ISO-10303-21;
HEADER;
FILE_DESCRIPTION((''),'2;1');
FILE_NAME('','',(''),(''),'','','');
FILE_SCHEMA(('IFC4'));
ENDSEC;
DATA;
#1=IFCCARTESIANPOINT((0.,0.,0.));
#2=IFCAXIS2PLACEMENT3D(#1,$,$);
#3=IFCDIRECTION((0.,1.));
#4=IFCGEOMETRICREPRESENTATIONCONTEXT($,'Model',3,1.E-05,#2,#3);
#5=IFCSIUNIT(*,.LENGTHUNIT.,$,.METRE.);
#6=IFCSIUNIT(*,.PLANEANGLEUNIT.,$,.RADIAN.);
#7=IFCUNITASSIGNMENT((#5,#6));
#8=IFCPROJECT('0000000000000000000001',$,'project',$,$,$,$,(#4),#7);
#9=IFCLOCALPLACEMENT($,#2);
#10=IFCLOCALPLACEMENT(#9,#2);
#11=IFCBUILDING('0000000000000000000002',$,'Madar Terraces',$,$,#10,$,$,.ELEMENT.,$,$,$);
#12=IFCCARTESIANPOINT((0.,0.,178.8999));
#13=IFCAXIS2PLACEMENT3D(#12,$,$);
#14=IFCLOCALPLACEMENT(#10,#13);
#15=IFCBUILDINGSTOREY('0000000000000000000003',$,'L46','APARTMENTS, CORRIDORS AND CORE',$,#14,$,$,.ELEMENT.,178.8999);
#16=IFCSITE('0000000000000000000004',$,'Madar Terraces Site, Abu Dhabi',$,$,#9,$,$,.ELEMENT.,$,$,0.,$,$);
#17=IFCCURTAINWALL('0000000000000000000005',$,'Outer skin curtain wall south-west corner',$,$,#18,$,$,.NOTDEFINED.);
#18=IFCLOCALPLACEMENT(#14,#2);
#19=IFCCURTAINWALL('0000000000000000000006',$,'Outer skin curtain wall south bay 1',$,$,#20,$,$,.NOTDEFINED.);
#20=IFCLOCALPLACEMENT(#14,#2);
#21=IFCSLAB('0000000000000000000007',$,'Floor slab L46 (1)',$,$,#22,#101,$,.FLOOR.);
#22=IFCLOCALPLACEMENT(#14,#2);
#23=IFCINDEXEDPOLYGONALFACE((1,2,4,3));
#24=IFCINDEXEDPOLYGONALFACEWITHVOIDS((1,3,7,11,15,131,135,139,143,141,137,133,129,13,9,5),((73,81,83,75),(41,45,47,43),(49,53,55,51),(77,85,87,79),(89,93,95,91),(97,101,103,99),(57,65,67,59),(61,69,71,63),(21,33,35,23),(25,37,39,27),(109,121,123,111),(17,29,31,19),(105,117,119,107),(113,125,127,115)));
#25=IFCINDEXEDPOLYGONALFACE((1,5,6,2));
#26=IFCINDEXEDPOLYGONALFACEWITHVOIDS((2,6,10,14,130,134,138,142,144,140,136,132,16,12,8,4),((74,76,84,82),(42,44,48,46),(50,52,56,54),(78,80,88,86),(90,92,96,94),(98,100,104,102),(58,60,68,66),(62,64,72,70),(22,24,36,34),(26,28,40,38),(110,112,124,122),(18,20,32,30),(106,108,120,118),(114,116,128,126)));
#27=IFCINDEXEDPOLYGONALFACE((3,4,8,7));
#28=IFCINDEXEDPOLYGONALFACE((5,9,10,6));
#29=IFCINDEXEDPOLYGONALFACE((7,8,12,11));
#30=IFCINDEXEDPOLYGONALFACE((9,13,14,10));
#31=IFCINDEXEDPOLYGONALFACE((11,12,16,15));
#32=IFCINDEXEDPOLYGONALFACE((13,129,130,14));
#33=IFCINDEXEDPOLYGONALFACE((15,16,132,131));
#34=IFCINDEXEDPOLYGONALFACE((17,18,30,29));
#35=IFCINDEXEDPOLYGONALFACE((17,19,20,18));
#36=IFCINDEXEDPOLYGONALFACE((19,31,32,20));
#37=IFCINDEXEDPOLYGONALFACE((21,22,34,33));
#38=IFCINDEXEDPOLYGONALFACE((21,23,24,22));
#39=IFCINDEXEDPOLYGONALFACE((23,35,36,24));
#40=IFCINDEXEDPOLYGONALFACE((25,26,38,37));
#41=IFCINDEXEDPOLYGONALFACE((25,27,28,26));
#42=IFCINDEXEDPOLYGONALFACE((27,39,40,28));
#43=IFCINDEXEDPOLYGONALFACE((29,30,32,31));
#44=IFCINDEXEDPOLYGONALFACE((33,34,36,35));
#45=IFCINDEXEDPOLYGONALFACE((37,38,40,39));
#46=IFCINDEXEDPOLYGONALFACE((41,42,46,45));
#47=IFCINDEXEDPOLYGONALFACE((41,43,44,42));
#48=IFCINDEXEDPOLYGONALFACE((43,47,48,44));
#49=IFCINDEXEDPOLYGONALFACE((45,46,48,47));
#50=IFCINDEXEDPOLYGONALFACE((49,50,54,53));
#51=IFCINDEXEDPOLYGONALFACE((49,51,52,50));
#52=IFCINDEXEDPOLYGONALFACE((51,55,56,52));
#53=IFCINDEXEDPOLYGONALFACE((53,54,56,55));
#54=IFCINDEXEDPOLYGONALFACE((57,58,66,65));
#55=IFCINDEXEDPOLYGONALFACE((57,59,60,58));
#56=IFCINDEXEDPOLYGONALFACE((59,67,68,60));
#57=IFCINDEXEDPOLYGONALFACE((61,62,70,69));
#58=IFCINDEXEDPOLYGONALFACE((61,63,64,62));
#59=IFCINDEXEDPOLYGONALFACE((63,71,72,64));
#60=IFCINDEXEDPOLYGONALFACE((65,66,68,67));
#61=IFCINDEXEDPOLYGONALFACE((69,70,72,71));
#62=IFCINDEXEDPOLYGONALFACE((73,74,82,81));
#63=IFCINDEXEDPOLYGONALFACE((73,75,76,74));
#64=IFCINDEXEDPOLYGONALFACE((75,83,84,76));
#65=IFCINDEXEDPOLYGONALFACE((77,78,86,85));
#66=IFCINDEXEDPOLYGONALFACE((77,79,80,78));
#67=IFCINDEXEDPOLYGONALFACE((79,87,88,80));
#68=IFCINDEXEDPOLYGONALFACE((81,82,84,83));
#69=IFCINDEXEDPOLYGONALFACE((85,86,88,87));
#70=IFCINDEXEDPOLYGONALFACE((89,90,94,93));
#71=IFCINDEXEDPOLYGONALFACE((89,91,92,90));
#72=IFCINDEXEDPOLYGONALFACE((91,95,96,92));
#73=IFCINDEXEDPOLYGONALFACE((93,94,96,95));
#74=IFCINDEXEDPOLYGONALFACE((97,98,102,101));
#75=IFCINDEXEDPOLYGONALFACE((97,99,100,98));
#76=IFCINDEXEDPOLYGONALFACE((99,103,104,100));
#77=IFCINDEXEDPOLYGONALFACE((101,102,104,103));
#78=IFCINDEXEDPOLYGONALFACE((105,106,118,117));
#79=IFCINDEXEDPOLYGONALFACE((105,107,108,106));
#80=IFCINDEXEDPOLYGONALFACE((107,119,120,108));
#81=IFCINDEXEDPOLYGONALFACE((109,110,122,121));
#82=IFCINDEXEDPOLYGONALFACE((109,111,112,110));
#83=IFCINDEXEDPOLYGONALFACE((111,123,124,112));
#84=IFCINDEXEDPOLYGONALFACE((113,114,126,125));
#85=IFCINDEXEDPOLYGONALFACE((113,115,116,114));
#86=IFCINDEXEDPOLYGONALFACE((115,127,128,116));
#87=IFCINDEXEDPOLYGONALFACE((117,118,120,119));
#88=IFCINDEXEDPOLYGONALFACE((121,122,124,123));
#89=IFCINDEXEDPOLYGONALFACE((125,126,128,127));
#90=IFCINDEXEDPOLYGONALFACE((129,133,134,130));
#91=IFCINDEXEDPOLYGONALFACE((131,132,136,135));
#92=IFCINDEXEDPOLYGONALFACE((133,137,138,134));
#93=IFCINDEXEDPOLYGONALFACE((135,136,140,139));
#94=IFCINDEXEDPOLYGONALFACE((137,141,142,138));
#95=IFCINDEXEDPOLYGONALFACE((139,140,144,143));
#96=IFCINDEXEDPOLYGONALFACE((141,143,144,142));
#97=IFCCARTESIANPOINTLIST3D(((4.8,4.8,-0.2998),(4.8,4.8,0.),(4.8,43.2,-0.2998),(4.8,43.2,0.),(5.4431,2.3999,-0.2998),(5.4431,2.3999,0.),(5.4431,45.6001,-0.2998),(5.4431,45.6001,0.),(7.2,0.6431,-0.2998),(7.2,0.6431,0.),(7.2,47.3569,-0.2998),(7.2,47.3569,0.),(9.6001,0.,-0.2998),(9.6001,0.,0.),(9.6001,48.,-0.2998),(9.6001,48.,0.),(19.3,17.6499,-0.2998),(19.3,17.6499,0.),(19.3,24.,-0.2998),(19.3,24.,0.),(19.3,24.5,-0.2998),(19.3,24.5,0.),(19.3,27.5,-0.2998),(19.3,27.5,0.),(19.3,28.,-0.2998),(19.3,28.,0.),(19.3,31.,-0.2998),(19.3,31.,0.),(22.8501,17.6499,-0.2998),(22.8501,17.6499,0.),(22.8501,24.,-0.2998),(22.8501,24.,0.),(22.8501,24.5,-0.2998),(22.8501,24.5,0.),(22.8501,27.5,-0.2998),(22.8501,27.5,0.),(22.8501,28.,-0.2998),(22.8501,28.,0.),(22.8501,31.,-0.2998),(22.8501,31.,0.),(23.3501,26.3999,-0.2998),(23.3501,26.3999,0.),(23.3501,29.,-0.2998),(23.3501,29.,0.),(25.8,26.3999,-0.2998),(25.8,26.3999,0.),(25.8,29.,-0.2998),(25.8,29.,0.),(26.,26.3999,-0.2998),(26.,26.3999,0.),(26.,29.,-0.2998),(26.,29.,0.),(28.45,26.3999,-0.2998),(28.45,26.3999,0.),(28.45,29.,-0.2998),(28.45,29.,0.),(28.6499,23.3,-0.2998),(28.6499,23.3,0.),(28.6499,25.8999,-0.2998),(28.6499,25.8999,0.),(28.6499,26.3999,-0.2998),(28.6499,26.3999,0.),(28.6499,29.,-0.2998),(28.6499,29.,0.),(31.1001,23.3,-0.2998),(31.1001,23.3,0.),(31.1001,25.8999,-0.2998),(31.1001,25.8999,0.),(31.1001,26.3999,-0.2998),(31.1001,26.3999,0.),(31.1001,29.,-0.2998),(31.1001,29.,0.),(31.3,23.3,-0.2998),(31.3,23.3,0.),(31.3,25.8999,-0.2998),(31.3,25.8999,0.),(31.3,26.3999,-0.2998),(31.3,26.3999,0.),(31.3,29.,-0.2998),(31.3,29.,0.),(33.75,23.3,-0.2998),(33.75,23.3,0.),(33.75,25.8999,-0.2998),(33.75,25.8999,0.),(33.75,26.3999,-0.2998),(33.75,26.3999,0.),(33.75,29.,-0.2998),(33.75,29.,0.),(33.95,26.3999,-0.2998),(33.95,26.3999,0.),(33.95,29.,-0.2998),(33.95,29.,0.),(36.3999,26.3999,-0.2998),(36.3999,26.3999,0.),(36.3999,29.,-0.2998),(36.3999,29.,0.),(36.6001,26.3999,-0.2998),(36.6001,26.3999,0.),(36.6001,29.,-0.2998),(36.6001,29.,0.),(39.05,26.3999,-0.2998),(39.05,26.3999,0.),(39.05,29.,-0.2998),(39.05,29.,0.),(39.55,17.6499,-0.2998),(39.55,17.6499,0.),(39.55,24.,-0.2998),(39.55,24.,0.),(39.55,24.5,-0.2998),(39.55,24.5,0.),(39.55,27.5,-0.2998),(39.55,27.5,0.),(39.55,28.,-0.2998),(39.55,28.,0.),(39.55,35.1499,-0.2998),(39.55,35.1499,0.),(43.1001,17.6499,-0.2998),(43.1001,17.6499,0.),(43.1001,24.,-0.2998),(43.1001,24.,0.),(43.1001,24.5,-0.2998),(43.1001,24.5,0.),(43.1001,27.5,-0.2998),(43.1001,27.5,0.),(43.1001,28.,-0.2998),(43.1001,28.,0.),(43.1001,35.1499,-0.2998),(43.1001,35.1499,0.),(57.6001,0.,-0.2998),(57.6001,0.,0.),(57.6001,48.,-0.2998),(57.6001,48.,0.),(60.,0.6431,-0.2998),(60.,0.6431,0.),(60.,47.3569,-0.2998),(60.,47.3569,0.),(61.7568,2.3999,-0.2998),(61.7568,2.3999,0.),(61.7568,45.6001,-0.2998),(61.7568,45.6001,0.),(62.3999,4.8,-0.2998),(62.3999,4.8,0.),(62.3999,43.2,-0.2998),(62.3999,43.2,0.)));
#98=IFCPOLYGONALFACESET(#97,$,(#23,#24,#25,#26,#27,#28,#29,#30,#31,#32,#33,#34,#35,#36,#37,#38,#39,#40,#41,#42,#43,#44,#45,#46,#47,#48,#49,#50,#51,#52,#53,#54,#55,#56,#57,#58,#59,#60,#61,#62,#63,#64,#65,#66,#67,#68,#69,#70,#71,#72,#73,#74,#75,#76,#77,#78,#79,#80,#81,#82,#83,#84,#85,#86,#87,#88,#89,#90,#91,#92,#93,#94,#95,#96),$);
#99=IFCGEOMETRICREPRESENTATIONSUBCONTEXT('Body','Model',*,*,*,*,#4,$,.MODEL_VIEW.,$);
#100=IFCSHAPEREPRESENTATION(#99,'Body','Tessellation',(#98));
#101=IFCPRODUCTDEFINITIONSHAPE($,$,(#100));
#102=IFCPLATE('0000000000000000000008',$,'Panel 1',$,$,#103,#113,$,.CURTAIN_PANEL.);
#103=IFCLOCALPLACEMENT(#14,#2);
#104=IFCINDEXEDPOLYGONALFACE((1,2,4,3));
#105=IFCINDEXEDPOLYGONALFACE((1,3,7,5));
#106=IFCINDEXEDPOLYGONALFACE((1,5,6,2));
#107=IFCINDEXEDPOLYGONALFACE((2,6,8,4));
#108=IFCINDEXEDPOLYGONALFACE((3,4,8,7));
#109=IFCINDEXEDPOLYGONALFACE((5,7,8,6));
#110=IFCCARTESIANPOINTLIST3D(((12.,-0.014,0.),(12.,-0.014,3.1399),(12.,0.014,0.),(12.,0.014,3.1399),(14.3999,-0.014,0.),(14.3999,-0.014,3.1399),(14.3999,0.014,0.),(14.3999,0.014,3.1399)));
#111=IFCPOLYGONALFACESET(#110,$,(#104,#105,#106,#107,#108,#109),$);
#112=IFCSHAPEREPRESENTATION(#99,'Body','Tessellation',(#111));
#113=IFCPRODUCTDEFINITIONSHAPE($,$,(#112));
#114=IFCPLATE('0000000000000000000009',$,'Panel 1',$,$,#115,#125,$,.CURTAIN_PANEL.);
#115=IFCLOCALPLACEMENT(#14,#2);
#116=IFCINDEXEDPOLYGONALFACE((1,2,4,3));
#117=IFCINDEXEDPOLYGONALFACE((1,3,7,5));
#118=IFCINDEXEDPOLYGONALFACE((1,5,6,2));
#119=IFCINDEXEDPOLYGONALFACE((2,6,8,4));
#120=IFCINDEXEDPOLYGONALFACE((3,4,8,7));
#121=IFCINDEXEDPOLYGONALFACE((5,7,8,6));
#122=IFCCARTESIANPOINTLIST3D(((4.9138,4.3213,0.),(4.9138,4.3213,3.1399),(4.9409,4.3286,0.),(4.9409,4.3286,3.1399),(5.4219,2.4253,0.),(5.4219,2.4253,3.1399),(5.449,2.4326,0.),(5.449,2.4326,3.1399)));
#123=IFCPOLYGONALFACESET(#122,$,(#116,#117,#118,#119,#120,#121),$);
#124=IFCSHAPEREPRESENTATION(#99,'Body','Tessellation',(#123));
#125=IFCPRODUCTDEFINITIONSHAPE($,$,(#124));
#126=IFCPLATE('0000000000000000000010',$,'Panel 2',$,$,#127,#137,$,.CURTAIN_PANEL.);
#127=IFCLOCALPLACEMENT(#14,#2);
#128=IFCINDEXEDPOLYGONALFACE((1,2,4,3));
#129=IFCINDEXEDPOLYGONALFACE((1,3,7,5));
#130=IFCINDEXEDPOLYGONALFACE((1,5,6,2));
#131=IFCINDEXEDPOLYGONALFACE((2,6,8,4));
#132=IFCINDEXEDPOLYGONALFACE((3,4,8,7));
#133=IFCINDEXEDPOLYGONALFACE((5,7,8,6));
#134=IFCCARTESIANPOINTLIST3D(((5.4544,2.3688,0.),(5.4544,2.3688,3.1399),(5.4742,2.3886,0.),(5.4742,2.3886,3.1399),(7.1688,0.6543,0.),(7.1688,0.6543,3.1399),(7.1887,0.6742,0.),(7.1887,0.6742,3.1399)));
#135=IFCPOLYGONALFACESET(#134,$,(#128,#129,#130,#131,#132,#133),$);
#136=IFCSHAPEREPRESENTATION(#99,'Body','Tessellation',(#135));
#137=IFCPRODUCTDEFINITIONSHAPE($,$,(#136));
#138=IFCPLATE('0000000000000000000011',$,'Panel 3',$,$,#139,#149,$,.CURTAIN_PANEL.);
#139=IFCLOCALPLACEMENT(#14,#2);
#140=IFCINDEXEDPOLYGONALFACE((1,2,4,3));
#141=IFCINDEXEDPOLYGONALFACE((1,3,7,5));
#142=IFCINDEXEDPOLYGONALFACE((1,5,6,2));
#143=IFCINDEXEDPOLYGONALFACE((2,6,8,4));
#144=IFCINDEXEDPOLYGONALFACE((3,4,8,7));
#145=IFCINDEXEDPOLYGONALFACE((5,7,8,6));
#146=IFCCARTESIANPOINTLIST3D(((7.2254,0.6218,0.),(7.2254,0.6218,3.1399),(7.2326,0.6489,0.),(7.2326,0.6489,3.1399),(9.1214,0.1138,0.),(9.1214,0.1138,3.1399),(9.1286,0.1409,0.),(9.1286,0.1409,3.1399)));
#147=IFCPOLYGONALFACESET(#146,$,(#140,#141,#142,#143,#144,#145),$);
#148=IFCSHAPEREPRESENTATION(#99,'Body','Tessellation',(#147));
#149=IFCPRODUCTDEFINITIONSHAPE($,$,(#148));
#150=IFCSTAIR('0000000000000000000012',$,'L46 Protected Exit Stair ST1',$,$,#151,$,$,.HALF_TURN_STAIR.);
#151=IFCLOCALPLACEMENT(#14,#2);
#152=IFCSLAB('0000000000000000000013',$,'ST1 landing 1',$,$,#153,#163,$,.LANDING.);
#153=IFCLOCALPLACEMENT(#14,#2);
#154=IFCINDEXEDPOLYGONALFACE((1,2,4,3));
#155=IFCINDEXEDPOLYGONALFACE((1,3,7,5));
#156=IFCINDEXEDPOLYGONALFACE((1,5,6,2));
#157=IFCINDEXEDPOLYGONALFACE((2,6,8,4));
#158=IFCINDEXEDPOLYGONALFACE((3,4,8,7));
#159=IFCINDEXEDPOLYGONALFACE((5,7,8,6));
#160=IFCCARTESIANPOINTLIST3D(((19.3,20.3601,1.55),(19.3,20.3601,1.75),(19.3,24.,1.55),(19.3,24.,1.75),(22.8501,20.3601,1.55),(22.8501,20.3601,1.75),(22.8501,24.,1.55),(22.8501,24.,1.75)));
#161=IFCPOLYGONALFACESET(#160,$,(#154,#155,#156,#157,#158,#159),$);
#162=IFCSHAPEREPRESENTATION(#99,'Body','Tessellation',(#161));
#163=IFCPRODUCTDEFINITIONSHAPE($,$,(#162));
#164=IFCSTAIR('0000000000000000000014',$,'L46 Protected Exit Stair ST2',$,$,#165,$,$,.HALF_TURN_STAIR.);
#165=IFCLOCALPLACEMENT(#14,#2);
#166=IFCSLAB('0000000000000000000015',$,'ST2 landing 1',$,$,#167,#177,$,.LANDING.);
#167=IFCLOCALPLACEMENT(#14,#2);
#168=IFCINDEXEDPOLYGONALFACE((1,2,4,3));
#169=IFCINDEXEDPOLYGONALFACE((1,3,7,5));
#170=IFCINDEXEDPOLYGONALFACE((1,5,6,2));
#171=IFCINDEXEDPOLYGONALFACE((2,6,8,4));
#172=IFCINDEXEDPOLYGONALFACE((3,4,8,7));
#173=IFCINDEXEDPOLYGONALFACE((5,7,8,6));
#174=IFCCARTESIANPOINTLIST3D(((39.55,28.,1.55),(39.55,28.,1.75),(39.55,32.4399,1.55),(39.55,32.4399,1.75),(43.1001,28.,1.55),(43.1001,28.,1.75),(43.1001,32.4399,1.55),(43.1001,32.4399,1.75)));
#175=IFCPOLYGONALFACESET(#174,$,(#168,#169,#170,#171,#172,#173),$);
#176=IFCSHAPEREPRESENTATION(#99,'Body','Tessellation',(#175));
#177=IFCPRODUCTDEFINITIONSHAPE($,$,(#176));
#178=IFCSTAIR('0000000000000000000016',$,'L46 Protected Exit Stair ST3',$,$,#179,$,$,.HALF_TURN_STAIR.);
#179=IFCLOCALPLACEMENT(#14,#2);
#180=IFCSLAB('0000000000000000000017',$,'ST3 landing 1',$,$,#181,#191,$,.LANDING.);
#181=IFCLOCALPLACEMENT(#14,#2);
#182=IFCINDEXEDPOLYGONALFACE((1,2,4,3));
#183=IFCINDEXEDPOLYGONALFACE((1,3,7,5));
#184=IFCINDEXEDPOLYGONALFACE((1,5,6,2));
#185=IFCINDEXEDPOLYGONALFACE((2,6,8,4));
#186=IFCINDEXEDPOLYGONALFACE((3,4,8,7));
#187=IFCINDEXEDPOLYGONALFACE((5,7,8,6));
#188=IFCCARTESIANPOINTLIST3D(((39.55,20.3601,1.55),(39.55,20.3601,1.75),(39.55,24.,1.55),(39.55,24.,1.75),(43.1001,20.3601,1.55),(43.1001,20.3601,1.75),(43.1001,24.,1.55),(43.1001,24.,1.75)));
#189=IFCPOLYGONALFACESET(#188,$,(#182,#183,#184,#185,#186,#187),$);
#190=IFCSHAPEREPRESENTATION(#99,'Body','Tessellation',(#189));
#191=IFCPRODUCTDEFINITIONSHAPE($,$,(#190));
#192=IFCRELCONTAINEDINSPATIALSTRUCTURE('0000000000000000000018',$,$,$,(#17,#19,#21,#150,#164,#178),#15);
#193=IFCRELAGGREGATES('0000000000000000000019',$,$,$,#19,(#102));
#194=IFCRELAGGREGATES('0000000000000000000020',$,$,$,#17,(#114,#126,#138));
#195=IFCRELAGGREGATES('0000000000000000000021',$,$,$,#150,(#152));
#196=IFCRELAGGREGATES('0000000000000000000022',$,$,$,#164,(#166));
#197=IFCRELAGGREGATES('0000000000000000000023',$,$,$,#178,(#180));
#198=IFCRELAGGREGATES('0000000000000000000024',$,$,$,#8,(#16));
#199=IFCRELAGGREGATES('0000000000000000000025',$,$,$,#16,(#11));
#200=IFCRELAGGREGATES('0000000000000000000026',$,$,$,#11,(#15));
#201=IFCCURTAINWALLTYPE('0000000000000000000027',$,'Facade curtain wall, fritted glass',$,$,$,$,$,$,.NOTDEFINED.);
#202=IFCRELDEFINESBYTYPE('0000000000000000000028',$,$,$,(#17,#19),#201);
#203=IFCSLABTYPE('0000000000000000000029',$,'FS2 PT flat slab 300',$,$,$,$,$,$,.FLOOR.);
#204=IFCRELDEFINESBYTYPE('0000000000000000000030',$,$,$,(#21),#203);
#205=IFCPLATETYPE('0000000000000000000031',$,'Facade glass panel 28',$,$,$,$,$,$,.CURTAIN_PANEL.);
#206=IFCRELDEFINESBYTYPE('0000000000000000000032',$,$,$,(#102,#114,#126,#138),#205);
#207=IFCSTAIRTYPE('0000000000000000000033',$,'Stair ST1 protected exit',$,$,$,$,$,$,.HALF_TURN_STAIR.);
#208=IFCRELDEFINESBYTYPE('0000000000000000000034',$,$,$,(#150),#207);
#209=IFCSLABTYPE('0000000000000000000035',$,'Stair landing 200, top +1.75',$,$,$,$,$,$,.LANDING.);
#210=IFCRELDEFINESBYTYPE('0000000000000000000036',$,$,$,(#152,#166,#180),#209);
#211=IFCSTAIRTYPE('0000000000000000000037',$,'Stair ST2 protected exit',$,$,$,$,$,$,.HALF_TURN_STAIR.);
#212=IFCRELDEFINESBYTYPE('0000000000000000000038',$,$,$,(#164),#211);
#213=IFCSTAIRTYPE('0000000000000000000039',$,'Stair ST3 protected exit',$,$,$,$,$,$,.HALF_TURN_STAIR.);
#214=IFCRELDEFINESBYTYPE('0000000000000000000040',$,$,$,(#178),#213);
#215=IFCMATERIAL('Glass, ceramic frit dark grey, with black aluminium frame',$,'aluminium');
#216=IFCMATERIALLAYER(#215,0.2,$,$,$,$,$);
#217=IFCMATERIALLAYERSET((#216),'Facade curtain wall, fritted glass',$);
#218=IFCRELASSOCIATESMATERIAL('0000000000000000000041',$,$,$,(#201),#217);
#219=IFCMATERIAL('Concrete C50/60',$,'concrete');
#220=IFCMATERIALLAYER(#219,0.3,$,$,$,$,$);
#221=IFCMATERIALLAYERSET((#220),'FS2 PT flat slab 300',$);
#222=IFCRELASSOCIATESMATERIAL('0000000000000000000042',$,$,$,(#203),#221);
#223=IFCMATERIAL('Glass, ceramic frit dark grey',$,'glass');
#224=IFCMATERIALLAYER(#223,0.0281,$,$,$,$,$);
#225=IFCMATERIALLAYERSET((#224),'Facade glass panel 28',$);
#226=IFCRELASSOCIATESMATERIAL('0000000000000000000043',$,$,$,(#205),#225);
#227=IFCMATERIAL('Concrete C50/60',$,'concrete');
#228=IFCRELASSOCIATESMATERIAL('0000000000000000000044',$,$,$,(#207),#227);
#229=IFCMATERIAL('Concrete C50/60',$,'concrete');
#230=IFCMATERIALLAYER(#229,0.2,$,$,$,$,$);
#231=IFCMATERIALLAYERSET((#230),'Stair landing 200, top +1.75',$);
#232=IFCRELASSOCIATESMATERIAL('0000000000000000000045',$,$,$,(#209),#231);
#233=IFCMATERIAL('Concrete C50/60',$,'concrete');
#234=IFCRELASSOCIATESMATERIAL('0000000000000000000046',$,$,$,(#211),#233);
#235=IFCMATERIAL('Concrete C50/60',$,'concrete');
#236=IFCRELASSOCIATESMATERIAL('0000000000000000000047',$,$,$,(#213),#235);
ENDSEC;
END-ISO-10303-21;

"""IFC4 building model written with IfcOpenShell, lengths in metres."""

from ifc_helpers import new_model, si_unit, direction, frame, origin, origin_2d, place, context, subcontext, project, spatial, polyline, rectangle, outline, extrude, material, layer, layer_set, type_object, element, aggregate, save


model = new_model("IFC4")

# Units and contexts
model_context = context("Model", 3, precision=1e-05, world=origin(), true_north=direction((0.0, 1.0)))
body_context = subcontext(model_context, "Body", "Model", "MODEL_VIEW")
ifc_project = project(units=[si_unit("LENGTHUNIT", "METRE"), si_unit("PLANEANGLEUNIT", "RADIAN")], contexts=[model_context])

# Site, building, storey
site_placement = place(None, origin())
site = spatial("IfcSite", under=ifc_project, at=site_placement, Name="Madar Terraces Site, Abu Dhabi", CompositionType="ELEMENT", RefElevation=0.0)
building_placement = place(site_placement, origin())
building = spatial("IfcBuilding", under=site, at=building_placement, Name="Madar Terraces", CompositionType="ELEMENT")
storey_placement = place(building_placement, frame((0.0, 0.0, 178.8999)))
storey = spatial("IfcBuildingStorey", under=building, at=storey_placement, Name="L46", Description="APARTMENTS, CORRIDORS AND CORE", CompositionType="ELEMENT", Elevation=178.8999)

# Curtain wall
ifc_material_1 = material(Name="Glass, ceramic frit dark grey, with black aluminium frame", Category="aluminium")
ifc_layer_1 = layer(ifc_material_1, 0.2)
ifc_layer_set_1 = layer_set([ifc_layer_1], Name="Facade curtain wall, fritted glass")
curtain_wall_type = type_object("IfcCurtainWallType", Name="Facade curtain wall, fritted glass", PredefinedType="NOTDEFINED", material=ifc_layer_set_1)
curtain_wall_1_placement = place(storey_placement, origin())
curtain_wall_1 = element("IfcCurtainWall", 1, at=curtain_wall_1_placement, inside=storey, type_object=curtain_wall_type, Name="Outer skin curtain wall south-west corner", PredefinedType="NOTDEFINED")

# Curtain wall
curtain_wall_2_placement = place(storey_placement, origin())
curtain_wall_2 = element("IfcCurtainWall", 2, at=curtain_wall_2_placement, inside=storey, type_object=curtain_wall_type, Name="Outer skin curtain wall south bay 1", PredefinedType="NOTDEFINED")

# Slab
ifc_material_2 = material(Name="Concrete C50/60", Category="concrete")
ifc_layer_2 = layer(ifc_material_2, 0.3)
ifc_layer_set_2 = layer_set([ifc_layer_2], Name="FS2 PT flat slab 300")
slab_type_1 = type_object("IfcSlabType", Name="FS2 PT flat slab 300", PredefinedType="FLOOR", material=ifc_layer_set_2)
slab_1_placement = place(storey_placement, frame((0.0, 0.0, -0.2998)))
element("IfcSlab", 3, at=slab_1_placement, inside=storey, type_object=slab_type_1, Name="Floor slab L46 (1)", PredefinedType="FLOOR", context=body_context, shape_type="SweptSolid", body=[
    extrude(outline(polyline([(57.6001, 0.0), (60.0, 0.6431), (61.7568, 2.3999), (62.3999, 4.8), (62.3999, 43.2), (61.7568, 45.6001), (60.0, 47.3569), (57.6001, 48.0), (9.6001, 48.0), (7.2, 47.3569), (5.4431, 45.6001), (4.8, 43.2), (4.8, 4.8), (5.4431, 2.3999), (7.2, 0.6431), (9.6001, 0.0), (57.6001, 0.0)]), holes=[polyline([(22.8501, 17.6499), (19.3, 17.6499), (19.3, 24.0), (22.8501, 24.0), (22.8501, 17.6499)]), polyline([(28.6499, 23.3), (28.6499, 25.8999), (31.1001, 25.8999), (31.1001, 23.3), (28.6499, 23.3)]), polyline([(19.3, 24.5), (19.3, 27.5), (22.8501, 27.5), (22.8501, 24.5), (19.3, 24.5)]), polyline([(23.3501, 26.3999), (23.3501, 29.0), (25.8, 29.0), (25.8, 26.3999), (23.3501, 26.3999)]), polyline([(26.0, 26.3999), (26.0, 29.0), (28.45, 29.0), (28.45, 26.3999), (26.0, 26.3999)]), polyline([(28.6499, 26.3999), (28.6499, 29.0), (31.1001, 29.0), (31.1001, 26.3999), (28.6499, 26.3999)]), polyline([(19.3, 28.0), (19.3, 31.0), (22.8501, 31.0), (22.8501, 28.0), (19.3, 28.0)]), polyline([(43.1001, 17.6499), (39.55, 17.6499), (39.55, 24.0), (43.1001, 24.0), (43.1001, 17.6499)]), polyline([(31.3, 23.3), (31.3, 25.8999), (33.75, 25.8999), (33.75, 23.3), (31.3, 23.3)]), polyline([(39.55, 24.5), (39.55, 27.5), (43.1001, 27.5), (43.1001, 24.5), (39.55, 24.5)]), polyline([(31.3, 26.3999), (31.3, 29.0), (33.75, 29.0), (33.75, 26.3999), (31.3, 26.3999)]), polyline([(33.95, 26.3999), (33.95, 29.0), (36.3999, 29.0), (36.3999, 26.3999), (33.95, 26.3999)]), polyline([(36.6001, 26.3999), (36.6001, 29.0), (39.05, 29.0), (39.05, 26.3999), (36.6001, 26.3999)]), polyline([(39.55, 28.0), (39.55, 35.1499), (43.1001, 35.1499), (43.1001, 28.0), (39.55, 28.0)])]), origin(), (0.0, 0.0, 1.0), 0.2998),
])

# Plates
ifc_material_3 = material(Name="Glass, ceramic frit dark grey", Category="glass")
ifc_layer_3 = layer(ifc_material_3, 0.0281)
ifc_layer_set_3 = layer_set([ifc_layer_3], Name="Facade glass panel 28")
plate_type = type_object("IfcPlateType", Name="Facade glass panel 28", PredefinedType="CURTAIN_PANEL", material=ifc_layer_set_3)
plate_1_placement = place(storey_placement, frame((13.2, 0.0, 0.0), z_axis=(0.0, 0.0, 1.0), x_axis=(1.0, 0.0, 0.0)))
plate_1 = element("IfcPlate", 4, at=plate_1_placement, type_object=plate_type, Name="Panel 1", PredefinedType="CURTAIN_PANEL", context=body_context, shape_type="SweptSolid", body=[
    extrude(rectangle(XDim=2.3999, YDim=0.0281, at=origin_2d()), origin(), (0.0, 0.0, 1.0), 3.1399),
])
aggregate(curtain_wall_2, [plate_1])
plate_2_placement = place(storey_placement, frame((5.1814, 3.377, 0.0), z_axis=(0.0, 0.0, 1.0), x_axis=(0.258819, -0.965926, 0.0)))
plate_2 = element("IfcPlate", 5, at=plate_2_placement, type_object=plate_type, Name="Panel 1", PredefinedType="CURTAIN_PANEL", context=body_context, shape_type="SweptSolid", body=[
    extrude(rectangle(XDim=1.9629, YDim=0.0281, at=origin_2d()), origin(), (0.0, 0.0, 1.0), 3.1399),
])
plate_3_placement = place(storey_placement, frame((6.3215, 1.5215, 0.0), z_axis=(0.0, 0.0, 1.0), x_axis=(0.707107, -0.707107, 0.0)))
plate_3 = element("IfcPlate", 6, at=plate_3_placement, type_object=plate_type, Name="Panel 2", PredefinedType="CURTAIN_PANEL", context=body_context, shape_type="SweptSolid", body=[
    extrude(rectangle(XDim=2.4246, YDim=0.0281, at=origin_2d()), origin(), (0.0, 0.0, 1.0), 3.1399),
])
plate_4_placement = place(storey_placement, frame((8.177, 0.3813, 0.0), z_axis=(0.0, 0.0, 1.0), x_axis=(0.965926, -0.258819, 0.0)))
plate_4 = element("IfcPlate", 7, at=plate_4_placement, type_object=plate_type, Name="Panel 3", PredefinedType="CURTAIN_PANEL", context=body_context, shape_type="SweptSolid", body=[
    extrude(rectangle(XDim=1.9629, YDim=0.0281, at=origin_2d()), origin(), (0.0, 0.0, 1.0), 3.1399),
])
aggregate(curtain_wall_1, [plate_2, plate_3, plate_4])

# Stairs, slabs
ifc_material_4 = material(Name="Concrete C50/60", Category="concrete")
stair_type_1 = type_object("IfcStairType", Name="Stair ST1 protected exit", PredefinedType="HALF_TURN_STAIR", material=ifc_material_4)
stair_1_placement = place(storey_placement, origin())
stair_1 = element("IfcStair", 8, at=stair_1_placement, inside=storey, type_object=stair_type_1, Name="L46 Protected Exit Stair ST1", PredefinedType="HALF_TURN_STAIR")
ifc_material_5 = material(Name="Concrete C50/60", Category="concrete")
ifc_layer_4 = layer(ifc_material_5, 0.2)
ifc_layer_set_4 = layer_set([ifc_layer_4], Name="Stair landing 200, top +1.75")
slab_type_2 = type_object("IfcSlabType", Name="Stair landing 200, top +1.75", PredefinedType="LANDING", material=ifc_layer_set_4)
slab_2_placement = place(storey_placement, frame((0.0, 0.0, 1.55)))
slab_2 = element("IfcSlab", 9, at=slab_2_placement, type_object=slab_type_2, Name="ST1 landing 1", PredefinedType="LANDING", context=body_context, shape_type="SweptSolid", body=[
    extrude(outline(polyline([(19.3, 20.3601), (22.8501, 20.3601), (22.8501, 24.0), (19.3, 24.0), (19.3, 20.3601)])), origin(), (0.0, 0.0, 1.0), 0.2),
])
aggregate(stair_1, [slab_2])
ifc_material_6 = material(Name="Concrete C50/60", Category="concrete")
stair_type_2 = type_object("IfcStairType", Name="Stair ST2 protected exit", PredefinedType="HALF_TURN_STAIR", material=ifc_material_6)
stair_2_placement = place(storey_placement, origin())
stair_2 = element("IfcStair", 10, at=stair_2_placement, inside=storey, type_object=stair_type_2, Name="L46 Protected Exit Stair ST2", PredefinedType="HALF_TURN_STAIR")
slab_3_placement = place(storey_placement, frame((0.0, 0.0, 1.55)))
slab_3 = element("IfcSlab", 11, at=slab_3_placement, type_object=slab_type_2, Name="ST2 landing 1", PredefinedType="LANDING", context=body_context, shape_type="SweptSolid", body=[
    extrude(outline(polyline([(39.55, 28.0), (43.1001, 28.0), (43.1001, 32.4399), (39.55, 32.4399), (39.55, 28.0)])), origin(), (0.0, 0.0, 1.0), 0.2),
])
aggregate(stair_2, [slab_3])
ifc_material_7 = material(Name="Concrete C50/60", Category="concrete")
stair_type_3 = type_object("IfcStairType", Name="Stair ST3 protected exit", PredefinedType="HALF_TURN_STAIR", material=ifc_material_7)
stair_3_placement = place(storey_placement, origin())
stair_3 = element("IfcStair", 12, at=stair_3_placement, inside=storey, type_object=stair_type_3, Name="L46 Protected Exit Stair ST3", PredefinedType="HALF_TURN_STAIR")
slab_4_placement = place(storey_placement, frame((0.0, 0.0, 1.55)))
slab_4 = element("IfcSlab", 13, at=slab_4_placement, type_object=slab_type_2, Name="ST3 landing 1", PredefinedType="LANDING", context=body_context, shape_type="SweptSolid", body=[
    extrude(outline(polyline([(39.55, 20.3601), (43.1001, 20.3601), (43.1001, 24.0), (39.55, 24.0), (39.55, 20.3601)])), origin(), (0.0, 0.0, 1.0), 0.2),
])
aggregate(stair_3, [slab_4])

save(model, "model.ifc")
